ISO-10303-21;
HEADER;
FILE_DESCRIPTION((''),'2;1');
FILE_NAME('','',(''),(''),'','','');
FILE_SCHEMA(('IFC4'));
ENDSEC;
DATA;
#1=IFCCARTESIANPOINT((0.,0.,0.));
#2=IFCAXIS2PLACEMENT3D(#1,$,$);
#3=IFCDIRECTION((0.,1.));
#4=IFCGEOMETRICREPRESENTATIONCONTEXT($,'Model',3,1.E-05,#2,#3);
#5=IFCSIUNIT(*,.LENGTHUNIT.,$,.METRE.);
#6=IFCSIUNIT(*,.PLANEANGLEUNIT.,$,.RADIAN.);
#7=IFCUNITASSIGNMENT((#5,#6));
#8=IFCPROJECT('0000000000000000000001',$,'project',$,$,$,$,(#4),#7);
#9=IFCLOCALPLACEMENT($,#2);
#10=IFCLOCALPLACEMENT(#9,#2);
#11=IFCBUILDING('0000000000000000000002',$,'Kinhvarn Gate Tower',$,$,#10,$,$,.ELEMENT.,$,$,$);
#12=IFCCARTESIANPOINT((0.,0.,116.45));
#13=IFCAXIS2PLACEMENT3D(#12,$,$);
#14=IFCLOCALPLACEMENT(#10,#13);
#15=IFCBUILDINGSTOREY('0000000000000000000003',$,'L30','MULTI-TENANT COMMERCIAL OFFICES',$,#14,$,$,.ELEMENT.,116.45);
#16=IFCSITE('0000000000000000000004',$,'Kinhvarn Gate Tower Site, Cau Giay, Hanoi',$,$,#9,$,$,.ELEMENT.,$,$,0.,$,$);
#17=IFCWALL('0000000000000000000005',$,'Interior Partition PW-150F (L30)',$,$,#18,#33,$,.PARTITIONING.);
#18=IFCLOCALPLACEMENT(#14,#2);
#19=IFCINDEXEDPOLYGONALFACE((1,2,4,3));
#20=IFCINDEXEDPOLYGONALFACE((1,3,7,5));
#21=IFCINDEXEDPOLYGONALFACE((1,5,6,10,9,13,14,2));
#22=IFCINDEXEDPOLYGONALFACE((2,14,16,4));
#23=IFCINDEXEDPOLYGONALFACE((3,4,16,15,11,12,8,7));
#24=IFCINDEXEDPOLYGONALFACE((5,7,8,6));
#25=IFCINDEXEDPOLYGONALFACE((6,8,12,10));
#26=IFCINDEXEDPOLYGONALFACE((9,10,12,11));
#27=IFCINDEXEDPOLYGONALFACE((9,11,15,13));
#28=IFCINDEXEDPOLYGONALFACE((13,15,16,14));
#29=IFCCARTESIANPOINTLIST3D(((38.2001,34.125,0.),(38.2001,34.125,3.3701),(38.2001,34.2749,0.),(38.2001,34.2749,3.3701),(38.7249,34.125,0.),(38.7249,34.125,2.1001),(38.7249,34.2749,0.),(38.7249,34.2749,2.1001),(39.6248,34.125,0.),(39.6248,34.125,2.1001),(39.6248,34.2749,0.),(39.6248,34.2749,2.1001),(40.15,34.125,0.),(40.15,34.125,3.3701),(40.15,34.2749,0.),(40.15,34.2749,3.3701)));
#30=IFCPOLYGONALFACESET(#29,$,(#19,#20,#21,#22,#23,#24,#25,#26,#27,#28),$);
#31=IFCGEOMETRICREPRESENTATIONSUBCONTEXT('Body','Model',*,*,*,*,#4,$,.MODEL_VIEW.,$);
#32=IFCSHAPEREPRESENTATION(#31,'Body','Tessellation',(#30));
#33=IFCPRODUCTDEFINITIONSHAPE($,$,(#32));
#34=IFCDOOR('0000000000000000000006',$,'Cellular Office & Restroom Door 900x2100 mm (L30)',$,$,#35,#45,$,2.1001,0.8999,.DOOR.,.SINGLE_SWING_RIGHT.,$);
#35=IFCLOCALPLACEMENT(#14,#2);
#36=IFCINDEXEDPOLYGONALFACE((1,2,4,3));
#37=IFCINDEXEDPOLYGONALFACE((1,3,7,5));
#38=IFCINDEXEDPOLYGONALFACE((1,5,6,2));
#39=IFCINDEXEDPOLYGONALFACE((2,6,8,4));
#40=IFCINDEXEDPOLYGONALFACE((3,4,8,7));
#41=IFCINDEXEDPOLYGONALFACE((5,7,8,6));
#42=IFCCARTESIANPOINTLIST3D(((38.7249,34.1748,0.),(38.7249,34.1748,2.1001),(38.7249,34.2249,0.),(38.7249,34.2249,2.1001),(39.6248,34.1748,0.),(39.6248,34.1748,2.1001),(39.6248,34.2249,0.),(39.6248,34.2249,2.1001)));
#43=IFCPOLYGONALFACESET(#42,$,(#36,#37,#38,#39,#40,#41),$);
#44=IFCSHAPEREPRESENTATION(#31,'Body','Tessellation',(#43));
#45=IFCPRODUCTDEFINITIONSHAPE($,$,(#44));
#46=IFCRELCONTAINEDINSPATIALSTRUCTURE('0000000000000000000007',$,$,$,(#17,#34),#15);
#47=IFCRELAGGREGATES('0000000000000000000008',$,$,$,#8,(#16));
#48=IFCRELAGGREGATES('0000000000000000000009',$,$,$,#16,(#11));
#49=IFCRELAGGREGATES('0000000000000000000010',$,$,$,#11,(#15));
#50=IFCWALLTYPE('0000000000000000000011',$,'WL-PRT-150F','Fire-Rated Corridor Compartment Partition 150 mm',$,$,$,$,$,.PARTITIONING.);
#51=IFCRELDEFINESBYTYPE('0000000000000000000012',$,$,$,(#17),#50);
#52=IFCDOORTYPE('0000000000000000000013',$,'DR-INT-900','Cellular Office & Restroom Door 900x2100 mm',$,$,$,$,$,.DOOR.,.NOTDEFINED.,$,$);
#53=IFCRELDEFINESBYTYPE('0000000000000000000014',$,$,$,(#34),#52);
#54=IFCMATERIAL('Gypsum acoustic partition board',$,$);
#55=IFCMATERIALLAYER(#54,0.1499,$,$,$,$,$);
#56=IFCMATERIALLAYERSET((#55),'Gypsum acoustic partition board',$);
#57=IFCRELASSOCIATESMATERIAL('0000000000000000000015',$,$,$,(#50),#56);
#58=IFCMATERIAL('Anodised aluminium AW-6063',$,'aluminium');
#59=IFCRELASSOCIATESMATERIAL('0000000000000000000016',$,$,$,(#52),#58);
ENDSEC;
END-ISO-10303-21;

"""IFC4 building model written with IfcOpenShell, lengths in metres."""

from ifc_helpers import new_model, si_unit, direction, frame, frame_2d, origin, place, context, subcontext, project, spatial, rectangle, extrude, material, layer, layer_set, type_object, element, fill, save


model = new_model("IFC4")

# Units and contexts
model_context = context("Model", 3, precision=1e-05, world=origin(), true_north=direction((0.0, 1.0)))
body_context = subcontext(model_context, "Body", "Model", "MODEL_VIEW")
ifc_project = project(units=[si_unit("LENGTHUNIT", "METRE"), si_unit("PLANEANGLEUNIT", "RADIAN")], contexts=[model_context])

# Site, building, storey
site_placement = place(None, origin())
site = spatial("IfcSite", under=ifc_project, at=site_placement, Name="Kinhvarn Gate Tower Site, Cau Giay, Hanoi", CompositionType="ELEMENT", RefElevation=0.0)
building_placement = place(site_placement, origin())
building = spatial("IfcBuilding", under=site, at=building_placement, Name="Kinhvarn Gate Tower", CompositionType="ELEMENT")
storey_placement = place(building_placement, frame((0.0, 0.0, 116.45)))
storey = spatial("IfcBuildingStorey", under=building, at=storey_placement, Name="L30", Description="MULTI-TENANT COMMERCIAL OFFICES", CompositionType="ELEMENT", Elevation=116.45)

# Shared definitions
ifc_material_1 = material(Name="Anodised aluminium AW-6063", Category="aluminium")

# Shared definitions
ifc_material_2 = material(Name="Gypsum acoustic partition board")

# Wall, opening, door
ifc_layer_1 = layer(ifc_material_2, 0.1499)
ifc_layer_set_1 = layer_set([ifc_layer_1], Name="Gypsum acoustic partition board")
wall_type_1 = type_object("IfcWallType", Name="WL-PRT-150F", Description="Fire-Rated Corridor Compartment Partition 150 mm", PredefinedType="PARTITIONING", material=ifc_layer_set_1)
wall_1_placement = place(storey_placement, frame((38.2, 34.2, 0.0), z_axis=(0.0, 0.0, 1.0), x_axis=(1.0, 0.0, 0.0)))
wall_1 = element("IfcWall", 1, at=wall_1_placement, inside=storey, type_object=wall_type_1, Name="Interior Partition PW-150F (L30)", PredefinedType="PARTITIONING", context=body_context, shape_type="SweptSolid", body=[
    extrude(rectangle(XDim=1.95, YDim=0.1499, at=frame_2d((0.9751, 0.0))), origin(), (0.0, 0.0, 1.0), 3.3701),
])
opening_1_placement = place(wall_1_placement, frame((0.5249, 0.0, 0.0)))
opening_1 = element("IfcOpeningElement", 2, at=opening_1_placement, cuts=wall_1, PredefinedType="OPENING", context=body_context, shape_type="SweptSolid", body=[
    extrude(rectangle(XDim=0.8999, YDim=2.1001, at=frame_2d((0.45, 1.05))), frame((0.0, 0.085, 0.0), z_axis=(0.0, -1.0, 0.0), x_axis=(1.0, 0.0, 0.0)), (0.0, 0.0, 1.0), 0.1699),
])
door_type_1 = type_object("IfcDoorType", Name="DR-INT-900", Description="Cellular Office & Restroom Door 900x2100 mm", OperationType="NOTDEFINED", PredefinedType="DOOR", material=ifc_material_1)
door_1_placement = place(opening_1_placement, origin())
door_1 = element("IfcDoor", 3, at=door_1_placement, inside=storey, type_object=door_type_1, Name="Cellular Office & Restroom Door 900x2100 mm (L30)", OperationType="SINGLE_SWING_RIGHT", OverallHeight=2.1001, OverallWidth=0.8999, PredefinedType="DOOR", context=body_context, shape_type="SweptSolid", body=[
    extrude(rectangle(XDim=0.8999, YDim=2.1001, at=frame_2d((0.45, 1.05))), frame((0.0, 0.0249, 0.0), z_axis=(0.0, -1.0, 0.0), x_axis=(1.0, 0.0, 0.0)), (0.0, 0.0, 1.0), 0.05),
])
fill(opening_1, door_1)

save(model, "model.ifc")
